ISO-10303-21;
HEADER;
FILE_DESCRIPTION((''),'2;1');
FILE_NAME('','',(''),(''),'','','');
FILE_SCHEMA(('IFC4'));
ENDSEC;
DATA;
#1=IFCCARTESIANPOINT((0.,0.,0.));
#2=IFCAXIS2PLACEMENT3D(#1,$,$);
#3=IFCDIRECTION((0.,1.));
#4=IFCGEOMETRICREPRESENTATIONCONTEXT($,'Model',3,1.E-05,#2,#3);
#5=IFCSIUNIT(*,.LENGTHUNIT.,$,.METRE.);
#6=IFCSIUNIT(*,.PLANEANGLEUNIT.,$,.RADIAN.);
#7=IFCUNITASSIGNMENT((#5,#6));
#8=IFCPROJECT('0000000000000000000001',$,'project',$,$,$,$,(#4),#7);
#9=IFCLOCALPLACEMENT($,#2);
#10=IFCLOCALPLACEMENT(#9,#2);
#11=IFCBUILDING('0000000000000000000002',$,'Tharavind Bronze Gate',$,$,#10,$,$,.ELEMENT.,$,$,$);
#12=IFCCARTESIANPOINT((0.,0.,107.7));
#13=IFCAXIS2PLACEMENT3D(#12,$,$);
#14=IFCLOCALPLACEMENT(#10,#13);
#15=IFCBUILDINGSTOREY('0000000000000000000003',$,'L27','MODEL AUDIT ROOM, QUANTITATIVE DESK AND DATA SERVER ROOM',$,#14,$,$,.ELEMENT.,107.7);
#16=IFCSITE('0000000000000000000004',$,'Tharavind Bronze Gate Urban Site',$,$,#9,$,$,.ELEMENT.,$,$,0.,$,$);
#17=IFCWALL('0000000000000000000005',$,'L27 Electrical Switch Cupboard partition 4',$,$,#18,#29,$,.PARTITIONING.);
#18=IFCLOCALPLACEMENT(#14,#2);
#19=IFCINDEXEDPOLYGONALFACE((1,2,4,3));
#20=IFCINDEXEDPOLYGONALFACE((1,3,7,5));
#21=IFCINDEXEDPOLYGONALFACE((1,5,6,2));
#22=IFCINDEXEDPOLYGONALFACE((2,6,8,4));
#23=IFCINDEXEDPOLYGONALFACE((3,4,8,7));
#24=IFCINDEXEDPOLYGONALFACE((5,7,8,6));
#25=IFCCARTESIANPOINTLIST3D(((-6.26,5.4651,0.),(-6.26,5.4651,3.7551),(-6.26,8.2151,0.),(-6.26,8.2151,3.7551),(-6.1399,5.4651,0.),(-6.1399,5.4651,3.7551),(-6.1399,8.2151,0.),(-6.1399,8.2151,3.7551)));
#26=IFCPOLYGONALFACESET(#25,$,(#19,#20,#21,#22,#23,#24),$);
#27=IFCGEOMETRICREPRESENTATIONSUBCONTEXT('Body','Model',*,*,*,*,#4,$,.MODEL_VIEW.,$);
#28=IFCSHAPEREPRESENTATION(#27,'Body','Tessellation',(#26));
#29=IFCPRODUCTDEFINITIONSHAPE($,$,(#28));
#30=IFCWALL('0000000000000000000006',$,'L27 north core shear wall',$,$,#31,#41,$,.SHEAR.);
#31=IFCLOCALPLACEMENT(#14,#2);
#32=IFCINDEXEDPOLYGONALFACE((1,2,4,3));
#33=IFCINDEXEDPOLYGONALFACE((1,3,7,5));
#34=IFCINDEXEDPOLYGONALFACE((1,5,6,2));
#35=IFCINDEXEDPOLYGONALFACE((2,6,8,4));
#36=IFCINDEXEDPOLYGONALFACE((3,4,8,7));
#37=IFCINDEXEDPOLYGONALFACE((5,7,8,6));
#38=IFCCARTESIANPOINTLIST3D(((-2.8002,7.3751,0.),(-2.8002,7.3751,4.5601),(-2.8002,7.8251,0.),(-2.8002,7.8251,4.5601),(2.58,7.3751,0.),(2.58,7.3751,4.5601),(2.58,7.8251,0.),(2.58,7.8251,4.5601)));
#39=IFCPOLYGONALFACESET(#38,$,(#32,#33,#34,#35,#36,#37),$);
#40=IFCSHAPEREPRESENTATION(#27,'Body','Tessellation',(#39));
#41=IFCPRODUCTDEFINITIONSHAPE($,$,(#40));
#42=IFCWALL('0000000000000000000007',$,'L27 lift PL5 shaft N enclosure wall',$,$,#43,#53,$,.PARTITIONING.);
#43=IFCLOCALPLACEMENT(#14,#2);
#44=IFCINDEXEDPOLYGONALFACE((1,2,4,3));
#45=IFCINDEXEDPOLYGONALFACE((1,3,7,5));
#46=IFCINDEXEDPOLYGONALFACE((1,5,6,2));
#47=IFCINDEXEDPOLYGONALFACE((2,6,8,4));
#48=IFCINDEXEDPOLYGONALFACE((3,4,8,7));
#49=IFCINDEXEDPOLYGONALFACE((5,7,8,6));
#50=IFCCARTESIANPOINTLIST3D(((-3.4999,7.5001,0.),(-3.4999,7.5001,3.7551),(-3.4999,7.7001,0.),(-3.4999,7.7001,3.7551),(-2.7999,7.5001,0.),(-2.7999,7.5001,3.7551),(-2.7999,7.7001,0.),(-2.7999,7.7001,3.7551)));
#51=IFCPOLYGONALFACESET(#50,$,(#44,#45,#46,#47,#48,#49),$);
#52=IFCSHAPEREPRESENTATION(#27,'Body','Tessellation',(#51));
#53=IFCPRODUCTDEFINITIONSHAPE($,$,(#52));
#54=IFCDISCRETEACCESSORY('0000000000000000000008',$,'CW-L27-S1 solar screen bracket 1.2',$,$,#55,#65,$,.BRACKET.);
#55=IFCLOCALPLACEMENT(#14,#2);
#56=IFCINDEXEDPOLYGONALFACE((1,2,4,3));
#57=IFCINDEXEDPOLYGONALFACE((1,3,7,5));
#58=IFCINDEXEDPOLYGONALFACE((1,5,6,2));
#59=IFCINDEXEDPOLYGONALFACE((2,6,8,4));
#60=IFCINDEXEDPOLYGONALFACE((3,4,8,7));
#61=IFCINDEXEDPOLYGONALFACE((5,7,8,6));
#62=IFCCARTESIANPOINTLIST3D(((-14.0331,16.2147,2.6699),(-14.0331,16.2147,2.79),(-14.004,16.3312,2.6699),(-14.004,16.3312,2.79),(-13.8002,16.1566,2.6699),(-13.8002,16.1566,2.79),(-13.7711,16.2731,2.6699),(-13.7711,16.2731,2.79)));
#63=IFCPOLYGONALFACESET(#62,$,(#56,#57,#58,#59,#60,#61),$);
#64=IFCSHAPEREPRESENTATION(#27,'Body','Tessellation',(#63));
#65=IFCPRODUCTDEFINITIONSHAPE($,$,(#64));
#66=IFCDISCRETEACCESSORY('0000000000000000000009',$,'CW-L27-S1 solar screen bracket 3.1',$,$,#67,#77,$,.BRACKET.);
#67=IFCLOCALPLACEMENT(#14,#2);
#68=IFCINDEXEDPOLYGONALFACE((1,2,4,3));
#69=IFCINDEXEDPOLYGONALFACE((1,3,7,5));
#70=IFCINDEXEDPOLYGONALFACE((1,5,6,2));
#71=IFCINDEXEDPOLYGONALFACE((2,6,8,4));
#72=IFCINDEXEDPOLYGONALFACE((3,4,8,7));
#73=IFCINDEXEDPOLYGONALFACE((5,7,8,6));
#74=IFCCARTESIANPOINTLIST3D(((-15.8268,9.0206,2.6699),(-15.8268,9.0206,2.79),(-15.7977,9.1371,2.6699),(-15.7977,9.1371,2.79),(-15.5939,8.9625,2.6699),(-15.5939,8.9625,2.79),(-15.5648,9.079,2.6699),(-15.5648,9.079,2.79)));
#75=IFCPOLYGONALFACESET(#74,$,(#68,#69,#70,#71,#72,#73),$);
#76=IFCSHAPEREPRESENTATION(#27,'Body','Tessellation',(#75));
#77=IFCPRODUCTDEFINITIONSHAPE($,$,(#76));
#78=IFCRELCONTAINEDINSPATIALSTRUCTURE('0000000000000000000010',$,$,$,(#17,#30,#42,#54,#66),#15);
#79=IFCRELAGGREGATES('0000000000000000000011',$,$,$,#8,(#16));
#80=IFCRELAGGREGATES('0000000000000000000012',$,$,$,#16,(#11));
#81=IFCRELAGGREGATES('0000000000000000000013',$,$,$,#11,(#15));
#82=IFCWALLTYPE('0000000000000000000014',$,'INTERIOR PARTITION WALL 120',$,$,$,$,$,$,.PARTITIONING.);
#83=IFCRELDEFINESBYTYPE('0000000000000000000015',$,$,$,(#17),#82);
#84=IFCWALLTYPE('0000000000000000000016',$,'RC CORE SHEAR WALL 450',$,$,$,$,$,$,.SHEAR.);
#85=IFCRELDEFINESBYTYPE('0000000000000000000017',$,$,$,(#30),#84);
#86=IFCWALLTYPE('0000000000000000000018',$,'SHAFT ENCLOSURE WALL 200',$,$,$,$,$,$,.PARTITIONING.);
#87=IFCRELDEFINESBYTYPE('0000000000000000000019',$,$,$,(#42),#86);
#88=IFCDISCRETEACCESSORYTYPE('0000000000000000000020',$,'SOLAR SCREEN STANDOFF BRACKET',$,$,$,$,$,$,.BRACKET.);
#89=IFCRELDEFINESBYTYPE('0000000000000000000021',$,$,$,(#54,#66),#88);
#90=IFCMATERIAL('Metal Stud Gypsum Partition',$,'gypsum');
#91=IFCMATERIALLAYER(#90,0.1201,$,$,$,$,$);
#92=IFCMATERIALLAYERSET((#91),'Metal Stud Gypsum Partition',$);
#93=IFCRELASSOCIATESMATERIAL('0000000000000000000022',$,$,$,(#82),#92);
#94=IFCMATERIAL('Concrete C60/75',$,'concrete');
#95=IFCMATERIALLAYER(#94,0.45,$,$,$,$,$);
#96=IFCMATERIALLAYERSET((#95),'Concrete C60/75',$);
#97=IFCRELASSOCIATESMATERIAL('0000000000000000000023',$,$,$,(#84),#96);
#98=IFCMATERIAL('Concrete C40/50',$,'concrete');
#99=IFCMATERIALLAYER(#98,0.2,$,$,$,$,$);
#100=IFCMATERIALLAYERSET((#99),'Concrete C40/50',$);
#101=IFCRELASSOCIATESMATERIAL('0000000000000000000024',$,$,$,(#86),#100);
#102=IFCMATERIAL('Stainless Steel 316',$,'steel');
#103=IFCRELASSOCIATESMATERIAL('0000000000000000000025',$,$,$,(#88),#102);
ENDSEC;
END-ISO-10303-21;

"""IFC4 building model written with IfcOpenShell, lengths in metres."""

from ifc_helpers import new_model, si_unit, direction, frame, frame_2d, origin, origin_2d, place, context, subcontext, project, spatial, rectangle, extrude, material, layer, layer_set, type_object, element, save


model = new_model("IFC4")

# Units and contexts
model_context = context("Model", 3, precision=1e-05, world=origin(), true_north=direction((0.0, 1.0)))
body_context = subcontext(model_context, "Body", "Model", "MODEL_VIEW")
ifc_project = project(units=[si_unit("LENGTHUNIT", "METRE"), si_unit("PLANEANGLEUNIT", "RADIAN")], contexts=[model_context])

# Site, building, storey
site_placement = place(None, origin())
site = spatial("IfcSite", under=ifc_project, at=site_placement, Name="Tharavind Bronze Gate Urban Site", CompositionType="ELEMENT", RefElevation=0.0)
building_placement = place(site_placement, origin())
building = spatial("IfcBuilding", under=site, at=building_placement, Name="Tharavind Bronze Gate", CompositionType="ELEMENT")
storey_placement = place(building_placement, frame((0.0, 0.0, 107.7)))
storey = spatial("IfcBuildingStorey", under=building, at=storey_placement, Name="L27", Description="MODEL AUDIT ROOM, QUANTITATIVE DESK AND DATA SERVER ROOM", CompositionType="ELEMENT", Elevation=107.7)

# Shared definitions
ifc_material_1 = material(Name="Concrete C40/50", Category="concrete")

# Walls
ifc_material_2 = material(Name="Metal Stud Gypsum Partition", Category="gypsum")
ifc_layer_1 = layer(ifc_material_2, 0.1201)
ifc_layer_set_1 = layer_set([ifc_layer_1], Name="Metal Stud Gypsum Partition")
wall_type_1 = type_object("IfcWallType", Name="INTERIOR PARTITION WALL 120", PredefinedType="PARTITIONING", material=ifc_layer_set_1)
wall_1_placement = place(storey_placement, frame((-6.2, 8.2151, 0.0), z_axis=(0.0, 0.0, 1.0), x_axis=(0.0, -1.0, 0.0)))
element("IfcWall", 1, at=wall_1_placement, inside=storey, type_object=wall_type_1, Name="L27 Electrical Switch Cupboard partition 4", PredefinedType="PARTITIONING", context=body_context, shape_type="SweptSolid", body=[
    extrude(rectangle(XDim=2.75, YDim=0.1201, at=frame_2d((1.375, 0.0))), origin(), (0.0, 0.0, 1.0), 3.7551),
])
ifc_material_3 = material(Name="Concrete C60/75", Category="concrete")
ifc_layer_2 = layer(ifc_material_3, 0.45)
ifc_layer_set_2 = layer_set([ifc_layer_2], Name="Concrete C60/75")
wall_type_2 = type_object("IfcWallType", Name="RC CORE SHEAR WALL 450", PredefinedType="SHEAR", material=ifc_layer_set_2)
wall_2_placement = place(storey_placement, frame((-2.8, 7.6001, 0.0), z_axis=(0.0, 0.0, 1.0), x_axis=(1.0, 0.0, 0.0)))
element("IfcWall", 2, at=wall_2_placement, inside=storey, type_object=wall_type_2, Name="L27 north core shear wall", PredefinedType="SHEAR", context=body_context, shape_type="SweptSolid", body=[
    extrude(rectangle(XDim=5.3801, YDim=0.45, at=frame_2d((2.6899, 0.0))), origin(), (0.0, 0.0, 1.0), 4.5601),
])
ifc_layer_3 = layer(ifc_material_1, 0.2)
ifc_layer_set_3 = layer_set([ifc_layer_3], Name="Concrete C40/50")
wall_type_3 = type_object("IfcWallType", Name="SHAFT ENCLOSURE WALL 200", PredefinedType="PARTITIONING", material=ifc_layer_set_3)
wall_3_placement = place(storey_placement, frame((-3.5, 7.6001, 0.0), z_axis=(0.0, 0.0, 1.0), x_axis=(1.0, 0.0, 0.0)))
element("IfcWall", 3, at=wall_3_placement, inside=storey, type_object=wall_type_3, Name="L27 lift PL5 shaft N enclosure wall", PredefinedType="PARTITIONING", context=body_context, shape_type="SweptSolid", body=[
    extrude(rectangle(XDim=0.7, YDim=0.2, at=frame_2d((0.3501, 0.0))), origin(), (0.0, 0.0, 1.0), 3.7551),
])

# Discrete accessories
ifc_material_4 = material(Name="Stainless Steel 316", Category="steel")
discrete_accessory_type = type_object("IfcDiscreteAccessoryType", Name="SOLAR SCREEN STANDOFF BRACKET", PredefinedType="BRACKET", material=ifc_material_4)
for number, where, z_axis, x_axis, name in (
    (4, (-13.9021, 16.2439, 2.6699), (0.0, 0.0, 1.0), (-0.241922, -0.970296, 0.0), "CW-L27-S1 solar screen bracket 1.2"),
    (5, (-15.6958, 9.0498, 2.6699), (0.0, 0.0, 1.0), (-0.241922, -0.970296, 0.0), "CW-L27-S1 solar screen bracket 3.1"),
):
    element("IfcDiscreteAccessory", number, at=place(storey_placement, frame(where, z_axis=z_axis, x_axis=x_axis)), inside=storey, type_object=discrete_accessory_type, Name=name, PredefinedType="BRACKET", context=body_context, shape_type="SweptSolid", body=[
        extrude(rectangle(XDim=0.1201, YDim=0.24, at=origin_2d()), origin(), (0.0, 0.0, 1.0), 0.1201),
    ])

save(model, "model.ifc")
